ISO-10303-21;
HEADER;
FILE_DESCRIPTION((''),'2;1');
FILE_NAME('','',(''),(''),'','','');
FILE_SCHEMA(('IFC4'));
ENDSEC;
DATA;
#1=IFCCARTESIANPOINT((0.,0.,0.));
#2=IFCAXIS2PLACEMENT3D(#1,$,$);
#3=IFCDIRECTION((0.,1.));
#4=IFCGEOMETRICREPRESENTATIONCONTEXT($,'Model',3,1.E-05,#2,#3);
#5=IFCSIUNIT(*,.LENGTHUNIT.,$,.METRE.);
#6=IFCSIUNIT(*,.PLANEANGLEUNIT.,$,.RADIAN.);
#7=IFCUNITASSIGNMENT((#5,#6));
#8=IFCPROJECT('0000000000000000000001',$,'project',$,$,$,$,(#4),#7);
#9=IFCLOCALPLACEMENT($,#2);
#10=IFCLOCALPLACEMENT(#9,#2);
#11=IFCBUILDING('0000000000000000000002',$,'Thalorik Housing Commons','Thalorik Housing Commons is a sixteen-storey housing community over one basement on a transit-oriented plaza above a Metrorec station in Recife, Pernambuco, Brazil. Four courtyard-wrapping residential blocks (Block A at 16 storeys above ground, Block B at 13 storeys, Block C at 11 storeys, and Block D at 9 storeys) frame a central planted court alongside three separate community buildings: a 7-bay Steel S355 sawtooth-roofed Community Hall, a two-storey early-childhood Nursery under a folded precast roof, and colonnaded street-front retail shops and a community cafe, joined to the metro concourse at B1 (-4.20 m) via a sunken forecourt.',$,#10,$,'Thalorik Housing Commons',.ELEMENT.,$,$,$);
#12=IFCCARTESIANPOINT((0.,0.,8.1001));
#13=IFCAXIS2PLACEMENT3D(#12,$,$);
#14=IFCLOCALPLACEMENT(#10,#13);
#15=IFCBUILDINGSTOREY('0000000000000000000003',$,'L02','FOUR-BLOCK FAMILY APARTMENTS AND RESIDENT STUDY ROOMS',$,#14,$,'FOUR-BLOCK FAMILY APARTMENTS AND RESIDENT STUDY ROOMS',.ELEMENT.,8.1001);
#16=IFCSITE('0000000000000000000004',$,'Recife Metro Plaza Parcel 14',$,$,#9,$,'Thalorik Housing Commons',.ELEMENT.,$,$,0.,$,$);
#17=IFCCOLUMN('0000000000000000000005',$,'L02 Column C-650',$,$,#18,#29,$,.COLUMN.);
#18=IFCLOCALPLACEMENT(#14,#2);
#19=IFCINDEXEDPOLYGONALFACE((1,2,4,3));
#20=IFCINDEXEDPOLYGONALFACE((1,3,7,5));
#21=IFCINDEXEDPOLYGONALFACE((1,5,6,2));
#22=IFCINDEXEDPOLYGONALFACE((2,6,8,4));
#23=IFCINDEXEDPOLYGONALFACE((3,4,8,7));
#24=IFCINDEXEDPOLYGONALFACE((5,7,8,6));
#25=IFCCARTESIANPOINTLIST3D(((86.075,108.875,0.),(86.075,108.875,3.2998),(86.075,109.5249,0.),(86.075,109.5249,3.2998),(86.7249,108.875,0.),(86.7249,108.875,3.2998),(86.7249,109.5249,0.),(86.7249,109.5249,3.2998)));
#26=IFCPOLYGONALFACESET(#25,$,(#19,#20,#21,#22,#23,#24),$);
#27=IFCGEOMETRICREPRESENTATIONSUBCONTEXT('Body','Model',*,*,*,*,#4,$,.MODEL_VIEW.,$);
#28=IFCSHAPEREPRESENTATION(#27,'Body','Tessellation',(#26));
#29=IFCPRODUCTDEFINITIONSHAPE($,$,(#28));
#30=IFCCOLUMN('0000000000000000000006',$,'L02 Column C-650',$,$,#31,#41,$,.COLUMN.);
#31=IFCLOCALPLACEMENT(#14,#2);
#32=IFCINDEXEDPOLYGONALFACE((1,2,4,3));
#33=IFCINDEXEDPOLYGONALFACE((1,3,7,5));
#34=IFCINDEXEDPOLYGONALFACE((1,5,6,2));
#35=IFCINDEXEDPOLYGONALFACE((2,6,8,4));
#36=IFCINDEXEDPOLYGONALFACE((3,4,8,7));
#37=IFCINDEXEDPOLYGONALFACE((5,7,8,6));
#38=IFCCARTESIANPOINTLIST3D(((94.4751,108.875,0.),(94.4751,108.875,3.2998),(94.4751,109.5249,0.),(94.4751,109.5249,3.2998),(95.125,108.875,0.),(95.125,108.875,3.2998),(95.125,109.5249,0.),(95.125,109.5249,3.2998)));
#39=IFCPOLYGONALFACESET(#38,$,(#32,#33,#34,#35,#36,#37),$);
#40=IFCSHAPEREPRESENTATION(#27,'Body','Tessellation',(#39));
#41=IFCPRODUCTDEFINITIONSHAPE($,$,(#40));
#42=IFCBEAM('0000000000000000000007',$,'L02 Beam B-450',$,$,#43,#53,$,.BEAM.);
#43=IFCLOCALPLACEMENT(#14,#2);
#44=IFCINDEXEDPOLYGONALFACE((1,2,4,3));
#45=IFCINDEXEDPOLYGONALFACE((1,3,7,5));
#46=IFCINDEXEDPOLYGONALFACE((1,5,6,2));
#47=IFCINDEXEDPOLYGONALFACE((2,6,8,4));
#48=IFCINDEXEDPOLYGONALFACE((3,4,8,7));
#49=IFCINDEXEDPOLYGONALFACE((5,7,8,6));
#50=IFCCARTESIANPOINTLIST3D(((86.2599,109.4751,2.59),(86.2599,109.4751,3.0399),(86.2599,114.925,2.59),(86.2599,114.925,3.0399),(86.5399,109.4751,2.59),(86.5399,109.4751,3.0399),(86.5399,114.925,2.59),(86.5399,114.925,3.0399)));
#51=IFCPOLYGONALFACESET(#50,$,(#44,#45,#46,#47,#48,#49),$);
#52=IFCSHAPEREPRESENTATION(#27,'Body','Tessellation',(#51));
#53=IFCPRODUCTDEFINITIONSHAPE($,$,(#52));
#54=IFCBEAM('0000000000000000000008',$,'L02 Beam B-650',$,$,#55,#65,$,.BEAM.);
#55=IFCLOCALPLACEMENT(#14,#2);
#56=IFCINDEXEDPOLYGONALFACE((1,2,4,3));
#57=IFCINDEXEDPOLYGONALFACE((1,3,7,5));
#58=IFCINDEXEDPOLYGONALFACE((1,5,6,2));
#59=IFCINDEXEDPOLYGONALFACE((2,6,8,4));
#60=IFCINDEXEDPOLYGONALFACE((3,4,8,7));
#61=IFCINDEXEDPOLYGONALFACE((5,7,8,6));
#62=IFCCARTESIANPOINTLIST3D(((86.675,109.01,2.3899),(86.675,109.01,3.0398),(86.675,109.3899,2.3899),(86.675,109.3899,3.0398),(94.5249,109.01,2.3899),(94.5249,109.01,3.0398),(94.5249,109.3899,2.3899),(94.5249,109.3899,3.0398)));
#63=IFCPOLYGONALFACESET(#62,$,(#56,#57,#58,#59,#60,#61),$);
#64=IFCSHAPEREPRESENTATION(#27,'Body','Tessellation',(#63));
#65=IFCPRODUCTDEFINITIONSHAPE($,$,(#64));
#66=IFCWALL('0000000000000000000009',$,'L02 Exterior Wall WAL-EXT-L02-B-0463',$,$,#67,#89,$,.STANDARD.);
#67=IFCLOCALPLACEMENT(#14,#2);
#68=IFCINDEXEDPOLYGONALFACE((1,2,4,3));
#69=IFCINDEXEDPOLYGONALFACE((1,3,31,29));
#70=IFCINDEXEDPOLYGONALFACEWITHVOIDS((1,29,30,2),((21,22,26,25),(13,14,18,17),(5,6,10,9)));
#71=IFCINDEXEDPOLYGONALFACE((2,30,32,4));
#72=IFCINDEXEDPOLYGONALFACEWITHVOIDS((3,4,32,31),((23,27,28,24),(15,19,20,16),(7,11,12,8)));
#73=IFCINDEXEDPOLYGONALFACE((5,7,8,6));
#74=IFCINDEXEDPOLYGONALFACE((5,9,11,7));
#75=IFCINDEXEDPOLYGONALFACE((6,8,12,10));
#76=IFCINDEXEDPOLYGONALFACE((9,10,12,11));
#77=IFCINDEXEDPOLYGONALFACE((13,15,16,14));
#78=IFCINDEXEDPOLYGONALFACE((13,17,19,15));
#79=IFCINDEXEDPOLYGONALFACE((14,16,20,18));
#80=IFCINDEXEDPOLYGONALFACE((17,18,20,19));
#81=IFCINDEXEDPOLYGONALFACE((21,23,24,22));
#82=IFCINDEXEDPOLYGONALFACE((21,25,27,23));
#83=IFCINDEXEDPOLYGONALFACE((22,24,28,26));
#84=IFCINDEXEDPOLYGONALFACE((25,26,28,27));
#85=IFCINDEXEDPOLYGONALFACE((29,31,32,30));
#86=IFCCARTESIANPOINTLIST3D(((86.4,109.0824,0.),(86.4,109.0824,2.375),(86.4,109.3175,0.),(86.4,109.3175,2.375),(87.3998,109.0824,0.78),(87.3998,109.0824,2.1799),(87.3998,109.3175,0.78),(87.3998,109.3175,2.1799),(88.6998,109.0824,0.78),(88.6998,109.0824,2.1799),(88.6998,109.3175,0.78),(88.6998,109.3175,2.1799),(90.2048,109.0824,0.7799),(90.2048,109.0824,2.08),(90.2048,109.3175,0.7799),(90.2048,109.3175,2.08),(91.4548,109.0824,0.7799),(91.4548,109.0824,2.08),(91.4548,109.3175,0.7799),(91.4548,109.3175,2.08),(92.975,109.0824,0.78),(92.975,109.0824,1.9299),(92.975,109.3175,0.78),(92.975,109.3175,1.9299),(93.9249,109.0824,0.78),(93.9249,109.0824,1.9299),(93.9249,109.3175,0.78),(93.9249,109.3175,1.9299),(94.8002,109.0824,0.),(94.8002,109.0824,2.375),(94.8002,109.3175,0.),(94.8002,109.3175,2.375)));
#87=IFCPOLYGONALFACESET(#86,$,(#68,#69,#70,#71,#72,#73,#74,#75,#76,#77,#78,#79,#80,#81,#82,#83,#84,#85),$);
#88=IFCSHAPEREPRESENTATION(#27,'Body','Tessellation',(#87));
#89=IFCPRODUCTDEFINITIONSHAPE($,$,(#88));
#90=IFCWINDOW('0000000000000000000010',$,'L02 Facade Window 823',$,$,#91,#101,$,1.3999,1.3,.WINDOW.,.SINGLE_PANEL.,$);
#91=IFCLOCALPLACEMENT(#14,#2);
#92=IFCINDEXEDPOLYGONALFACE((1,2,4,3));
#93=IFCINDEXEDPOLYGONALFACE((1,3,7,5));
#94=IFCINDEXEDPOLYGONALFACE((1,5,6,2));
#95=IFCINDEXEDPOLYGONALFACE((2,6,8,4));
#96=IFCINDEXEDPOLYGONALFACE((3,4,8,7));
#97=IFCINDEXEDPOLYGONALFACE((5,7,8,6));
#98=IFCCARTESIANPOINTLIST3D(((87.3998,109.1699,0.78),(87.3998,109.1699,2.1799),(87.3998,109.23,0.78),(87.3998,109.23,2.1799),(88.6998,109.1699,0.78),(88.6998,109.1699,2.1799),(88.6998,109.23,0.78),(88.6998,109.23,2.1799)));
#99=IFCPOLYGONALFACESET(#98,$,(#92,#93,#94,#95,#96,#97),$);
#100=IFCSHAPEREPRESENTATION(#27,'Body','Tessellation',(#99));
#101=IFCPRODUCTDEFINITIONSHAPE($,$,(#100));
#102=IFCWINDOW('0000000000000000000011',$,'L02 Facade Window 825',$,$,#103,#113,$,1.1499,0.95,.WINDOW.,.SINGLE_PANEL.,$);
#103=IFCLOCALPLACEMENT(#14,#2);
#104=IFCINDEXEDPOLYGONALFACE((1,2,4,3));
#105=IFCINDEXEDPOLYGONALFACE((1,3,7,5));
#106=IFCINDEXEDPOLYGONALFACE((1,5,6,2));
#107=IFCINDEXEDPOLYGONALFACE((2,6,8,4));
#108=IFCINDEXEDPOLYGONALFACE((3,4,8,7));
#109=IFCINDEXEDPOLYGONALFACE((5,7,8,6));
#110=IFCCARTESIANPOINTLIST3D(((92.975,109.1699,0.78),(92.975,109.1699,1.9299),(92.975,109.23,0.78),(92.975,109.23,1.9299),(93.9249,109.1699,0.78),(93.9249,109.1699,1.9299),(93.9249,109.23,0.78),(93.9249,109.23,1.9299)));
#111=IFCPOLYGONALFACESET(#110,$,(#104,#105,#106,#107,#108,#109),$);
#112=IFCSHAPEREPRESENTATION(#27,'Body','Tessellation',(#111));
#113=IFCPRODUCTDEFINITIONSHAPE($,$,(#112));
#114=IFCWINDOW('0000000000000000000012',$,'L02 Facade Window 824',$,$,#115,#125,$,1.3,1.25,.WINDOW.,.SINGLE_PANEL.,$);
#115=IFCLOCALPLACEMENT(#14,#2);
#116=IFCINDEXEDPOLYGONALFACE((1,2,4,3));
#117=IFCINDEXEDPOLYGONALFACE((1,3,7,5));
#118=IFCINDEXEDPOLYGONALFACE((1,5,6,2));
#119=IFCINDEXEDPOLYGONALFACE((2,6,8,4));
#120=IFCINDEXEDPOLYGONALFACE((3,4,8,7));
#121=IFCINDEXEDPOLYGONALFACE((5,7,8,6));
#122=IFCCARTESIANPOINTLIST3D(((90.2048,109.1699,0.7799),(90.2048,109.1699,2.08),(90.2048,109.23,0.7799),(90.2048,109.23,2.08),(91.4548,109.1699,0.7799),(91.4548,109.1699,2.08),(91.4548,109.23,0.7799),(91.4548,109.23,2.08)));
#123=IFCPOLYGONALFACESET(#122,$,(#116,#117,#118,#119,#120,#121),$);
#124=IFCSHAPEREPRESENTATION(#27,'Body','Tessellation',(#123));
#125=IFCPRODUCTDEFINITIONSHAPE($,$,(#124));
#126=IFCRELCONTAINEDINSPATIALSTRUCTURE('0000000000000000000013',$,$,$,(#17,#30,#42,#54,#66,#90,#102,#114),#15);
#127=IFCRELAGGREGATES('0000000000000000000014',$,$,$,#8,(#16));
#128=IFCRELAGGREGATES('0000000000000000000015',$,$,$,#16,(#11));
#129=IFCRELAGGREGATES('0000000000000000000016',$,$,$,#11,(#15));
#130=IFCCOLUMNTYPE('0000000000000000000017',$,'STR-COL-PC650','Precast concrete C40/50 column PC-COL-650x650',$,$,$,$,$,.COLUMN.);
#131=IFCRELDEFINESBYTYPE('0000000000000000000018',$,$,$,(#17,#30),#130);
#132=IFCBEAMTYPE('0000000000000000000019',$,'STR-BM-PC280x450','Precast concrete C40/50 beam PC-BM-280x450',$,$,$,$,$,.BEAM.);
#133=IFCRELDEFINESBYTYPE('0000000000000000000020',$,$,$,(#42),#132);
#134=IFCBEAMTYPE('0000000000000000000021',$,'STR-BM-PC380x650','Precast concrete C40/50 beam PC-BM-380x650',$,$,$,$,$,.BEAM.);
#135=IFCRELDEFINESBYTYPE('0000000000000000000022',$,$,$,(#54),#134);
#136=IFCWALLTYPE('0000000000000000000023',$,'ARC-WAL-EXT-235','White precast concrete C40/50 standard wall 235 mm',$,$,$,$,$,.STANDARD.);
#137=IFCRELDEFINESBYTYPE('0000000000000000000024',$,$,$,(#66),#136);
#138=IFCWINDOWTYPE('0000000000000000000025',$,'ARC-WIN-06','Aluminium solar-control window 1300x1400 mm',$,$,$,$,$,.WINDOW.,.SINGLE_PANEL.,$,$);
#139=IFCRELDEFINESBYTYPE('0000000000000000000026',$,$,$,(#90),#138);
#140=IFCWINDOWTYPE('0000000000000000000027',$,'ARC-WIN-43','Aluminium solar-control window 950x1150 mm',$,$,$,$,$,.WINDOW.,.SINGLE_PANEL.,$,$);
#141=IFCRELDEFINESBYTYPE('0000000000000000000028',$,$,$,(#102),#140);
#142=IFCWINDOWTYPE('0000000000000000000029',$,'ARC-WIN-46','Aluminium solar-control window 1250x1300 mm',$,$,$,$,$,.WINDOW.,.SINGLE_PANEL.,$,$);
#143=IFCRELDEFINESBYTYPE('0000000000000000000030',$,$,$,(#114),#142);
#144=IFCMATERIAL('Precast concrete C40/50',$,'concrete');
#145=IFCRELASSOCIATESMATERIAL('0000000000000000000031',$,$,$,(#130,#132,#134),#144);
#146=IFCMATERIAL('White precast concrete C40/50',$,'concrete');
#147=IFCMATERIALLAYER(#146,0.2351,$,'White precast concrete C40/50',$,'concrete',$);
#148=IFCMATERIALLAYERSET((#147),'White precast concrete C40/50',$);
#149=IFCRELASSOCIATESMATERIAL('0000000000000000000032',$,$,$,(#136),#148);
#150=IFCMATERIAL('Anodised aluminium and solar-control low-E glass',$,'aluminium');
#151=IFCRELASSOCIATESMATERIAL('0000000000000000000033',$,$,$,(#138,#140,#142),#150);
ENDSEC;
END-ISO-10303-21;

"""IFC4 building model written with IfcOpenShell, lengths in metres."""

from ifc_helpers import new_model, si_unit, direction, frame, frame_2d, origin, origin_2d, place, context, subcontext, project, spatial, rectangle, extrude, material, layer, layer_set, material_profile, profile_set, type_object, element, fill, save


model = new_model("IFC4")

# Units and contexts
model_context = context("Model", 3, precision=1e-05, world=origin(), true_north=direction((0.0, 1.0)))
body_context = subcontext(model_context, "Body", "Model", "MODEL_VIEW")
ifc_project = project(units=[si_unit("LENGTHUNIT", "METRE"), si_unit("PLANEANGLEUNIT", "RADIAN")], contexts=[model_context])

# Site, building, storey
site_placement = place(None, origin())
site = spatial("IfcSite", under=ifc_project, at=site_placement, Name="Recife Metro Plaza Parcel 14", LongName="Thalorik Housing Commons", CompositionType="ELEMENT", RefElevation=0.0)
building_placement = place(site_placement, origin())
building = spatial("IfcBuilding", under=site, at=building_placement, Name="Thalorik Housing Commons", Description="Thalorik Housing Commons is a sixteen-storey housing community over one basement on a transit-oriented plaza above a Metrorec station in Recife, Pernambuco, Brazil. Four courtyard-wrapping residential blocks (Block A at 16 storeys above ground, Block B at 13 storeys, Block C at 11 storeys, and Block D at 9 storeys) frame a central planted court alongside three separate community buildings: a 7-bay Steel S355 sawtooth-roofed Community Hall, a two-storey early-childhood Nursery under a folded precast roof, and colonnaded street-front retail shops and a community cafe, joined to the metro concourse at B1 (-4.20 m) via a sunken forecourt.", LongName="Thalorik Housing Commons", CompositionType="ELEMENT")
storey_placement = place(building_placement, frame((0.0, 0.0, 8.1001)))
storey = spatial("IfcBuildingStorey", under=building, at=storey_placement, Name="L02", Description="FOUR-BLOCK FAMILY APARTMENTS AND RESIDENT STUDY ROOMS", LongName="FOUR-BLOCK FAMILY APARTMENTS AND RESIDENT STUDY ROOMS", CompositionType="ELEMENT", Elevation=8.1001)

# Columns
ifc_material_1 = material(Name="Precast concrete C40/50", Category="concrete")
ifc_material_profile_1 = material_profile(ifc_material_1, rectangle(XDim=0.6499, YDim=0.6499, at=origin_2d()), Name="PC 650x650", Category="concrete")
ifc_profile_set_1 = profile_set([ifc_material_profile_1], Name="Precast concrete C40/50")
column_type = type_object("IfcColumnType", Name="STR-COL-PC650", Description="Precast concrete C40/50 column PC-COL-650x650", PredefinedType="COLUMN", material=ifc_profile_set_1)
for number, where, z_axis, x_axis, name in (
    (1, (86.3999, 109.2, 0.0), (0.0, 0.0, 1.0), (1.0, 0.0, 0.0), "L02 Column C-650"),
    (2, (94.8, 109.2, 0.0), (0.0, 0.0, 1.0), (1.0, 0.0, 0.0), "L02 Column C-650"),
):
    element("IfcColumn", number, at=place(storey_placement, frame(where, z_axis=z_axis, x_axis=x_axis)), inside=storey, type_object=column_type, Name=name, PredefinedType="COLUMN", context=body_context, shape_type="SweptSolid", body=[
        extrude(rectangle(XDim=0.6499, YDim=0.6499, at=origin_2d()), origin(), (0.0, 0.0, 1.0), 3.2998),
    ])

# Beams
ifc_material_profile_2 = material_profile(ifc_material_1, rectangle(XDim=0.28, YDim=0.45, at=origin_2d()), Name="PC 280x450", Category="concrete")
ifc_profile_set_2 = profile_set([ifc_material_profile_2], Name="Precast concrete C40/50")
beam_type_1 = type_object("IfcBeamType", Name="STR-BM-PC280x450", Description="Precast concrete C40/50 beam PC-BM-280x450", PredefinedType="BEAM", material=ifc_profile_set_2)
beam_1_placement = place(storey_placement, frame((86.3999, 109.4751, 2.8149), z_axis=(0.0, 1.0, 0.0), x_axis=(-1.0, 0.0, 0.0)))
element("IfcBeam", 3, at=beam_1_placement, inside=storey, type_object=beam_type_1, Name="L02 Beam B-450", PredefinedType="BEAM", context=body_context, shape_type="SweptSolid", body=[
    extrude(rectangle(XDim=0.28, YDim=0.45, at=origin_2d()), origin(), (0.0, 0.0, 1.0), 5.45),
])
ifc_material_profile_3 = material_profile(ifc_material_1, rectangle(XDim=0.3799, YDim=0.6499, at=origin_2d()), Name="PC 380x650", Category="concrete")
ifc_profile_set_3 = profile_set([ifc_material_profile_3], Name="Precast concrete C40/50")
beam_type_2 = type_object("IfcBeamType", Name="STR-BM-PC380x650", Description="Precast concrete C40/50 beam PC-BM-380x650", PredefinedType="BEAM", material=ifc_profile_set_3)
beam_2_placement = place(storey_placement, frame((86.675, 109.2, 2.7148), z_axis=(1.0, 0.0, 0.0), x_axis=(0.0, 1.0, 0.0)))
element("IfcBeam", 4, at=beam_2_placement, inside=storey, type_object=beam_type_2, Name="L02 Beam B-650", PredefinedType="BEAM", context=body_context, shape_type="SweptSolid", body=[
    extrude(rectangle(XDim=0.3799, YDim=0.6499, at=origin_2d()), origin(), (0.0, 0.0, 1.0), 7.8499),
])

# Wall, openings, windows
ifc_material_2 = material(Name="White precast concrete C40/50", Category="concrete")
ifc_layer_1 = layer(ifc_material_2, 0.2351, Name="White precast concrete C40/50", Category="concrete")
ifc_layer_set_1 = layer_set([ifc_layer_1], Name="White precast concrete C40/50")
wall_type_1 = type_object("IfcWallType", Name="ARC-WAL-EXT-235", Description="White precast concrete C40/50 standard wall 235 mm", PredefinedType="STANDARD", material=ifc_layer_set_1)
wall_1_placement = place(storey_placement, frame((86.3999, 109.2, 0.0), z_axis=(0.0, 0.0, 1.0), x_axis=(1.0, 0.0, 0.0)))
wall_1 = element("IfcWall", 5, at=wall_1_placement, inside=storey, type_object=wall_type_1, Name="L02 Exterior Wall WAL-EXT-L02-B-0463", PredefinedType="STANDARD", context=body_context, shape_type="SweptSolid", body=[
    extrude(rectangle(XDim=8.4001, YDim=0.2351, at=frame_2d((4.2002, 0.0))), origin(), (0.0, 0.0, 1.0), 2.375),
])
opening_1_placement = place(wall_1_placement, frame((1.0, 0.0, 0.78)))
opening_1 = element("IfcOpeningElement", 6, at=opening_1_placement, cuts=wall_1, PredefinedType="OPENING", context=body_context, shape_type="SweptSolid", body=[
    extrude(rectangle(XDim=1.3, YDim=1.3999, at=frame_2d((0.6499, 0.7))), frame((0.0, 0.1274, 0.0), z_axis=(0.0, -1.0, 0.0), x_axis=(1.0, 0.0, 0.0)), (0.0, 0.0, 1.0), 0.2551),
])
opening_2_placement = place(wall_1_placement, frame((3.8049, 0.0, 0.78)))
opening_2 = element("IfcOpeningElement", 7, at=opening_2_placement, cuts=wall_1, PredefinedType="OPENING", context=body_context, shape_type="SweptSolid", body=[
    extrude(rectangle(XDim=1.25, YDim=1.3, at=frame_2d((0.625, 0.6499))), frame((0.0, 0.1274, 0.0), z_axis=(0.0, -1.0, 0.0), x_axis=(1.0, 0.0, 0.0)), (0.0, 0.0, 1.0), 0.2551),
])
opening_3_placement = place(wall_1_placement, frame((6.575, 0.0, 0.78)))
opening_3 = element("IfcOpeningElement", 8, at=opening_3_placement, cuts=wall_1, PredefinedType="OPENING", context=body_context, shape_type="SweptSolid", body=[
    extrude(rectangle(XDim=0.95, YDim=1.1499, at=frame_2d((0.4751, 0.575))), frame((0.0, 0.1274, 0.0), z_axis=(0.0, -1.0, 0.0), x_axis=(1.0, 0.0, 0.0)), (0.0, 0.0, 1.0), 0.2551),
])
ifc_material_3 = material(Name="Anodised aluminium and solar-control low-E glass", Category="aluminium")
window_type_1 = type_object("IfcWindowType", Name="ARC-WIN-06", Description="Aluminium solar-control window 1300x1400 mm", PartitioningType="SINGLE_PANEL", PredefinedType="WINDOW", material=ifc_material_3)
window_1_placement = place(opening_1_placement, origin())
window_1 = element("IfcWindow", 9, at=window_1_placement, inside=storey, type_object=window_type_1, Name="L02 Facade Window 823", OverallHeight=1.3999, OverallWidth=1.3, PartitioningType="SINGLE_PANEL", PredefinedType="WINDOW", context=body_context, shape_type="SweptSolid", body=[
    extrude(rectangle(XDim=1.3, YDim=1.3999, at=frame_2d((0.6499, 0.7))), frame((0.0, 0.03, 0.0), z_axis=(0.0, -1.0, 0.0), x_axis=(1.0, 0.0, 0.0)), (0.0, 0.0, 1.0), 0.0601),
])
fill(opening_1, window_1)
window_type_2 = type_object("IfcWindowType", Name="ARC-WIN-43", Description="Aluminium solar-control window 950x1150 mm", PartitioningType="SINGLE_PANEL", PredefinedType="WINDOW", material=ifc_material_3)
window_2_placement = place(opening_3_placement, origin())
window_2 = element("IfcWindow", 10, at=window_2_placement, inside=storey, type_object=window_type_2, Name="L02 Facade Window 825", OverallHeight=1.1499, OverallWidth=0.95, PartitioningType="SINGLE_PANEL", PredefinedType="WINDOW", context=body_context, shape_type="SweptSolid", body=[
    extrude(rectangle(XDim=0.95, YDim=1.1499, at=frame_2d((0.4751, 0.575))), frame((0.0, 0.03, 0.0), z_axis=(0.0, -1.0, 0.0), x_axis=(1.0, 0.0, 0.0)), (0.0, 0.0, 1.0), 0.0601),
])
fill(opening_3, window_2)
window_type_3 = type_object("IfcWindowType", Name="ARC-WIN-46", Description="Aluminium solar-control window 1250x1300 mm", PartitioningType="SINGLE_PANEL", PredefinedType="WINDOW", material=ifc_material_3)
window_3_placement = place(opening_2_placement, origin())
window_3 = element("IfcWindow", 11, at=window_3_placement, inside=storey, type_object=window_type_3, Name="L02 Facade Window 824", OverallHeight=1.3, OverallWidth=1.25, PartitioningType="SINGLE_PANEL", PredefinedType="WINDOW", context=body_context, shape_type="SweptSolid", body=[
    extrude(rectangle(XDim=1.25, YDim=1.3, at=frame_2d((0.625, 0.6499))), frame((0.0, 0.03, 0.0), z_axis=(0.0, -1.0, 0.0), x_axis=(1.0, 0.0, 0.0)), (0.0, 0.0, 1.0), 0.0601),
])
fill(opening_2, window_3)

save(model, "model.ifc")
